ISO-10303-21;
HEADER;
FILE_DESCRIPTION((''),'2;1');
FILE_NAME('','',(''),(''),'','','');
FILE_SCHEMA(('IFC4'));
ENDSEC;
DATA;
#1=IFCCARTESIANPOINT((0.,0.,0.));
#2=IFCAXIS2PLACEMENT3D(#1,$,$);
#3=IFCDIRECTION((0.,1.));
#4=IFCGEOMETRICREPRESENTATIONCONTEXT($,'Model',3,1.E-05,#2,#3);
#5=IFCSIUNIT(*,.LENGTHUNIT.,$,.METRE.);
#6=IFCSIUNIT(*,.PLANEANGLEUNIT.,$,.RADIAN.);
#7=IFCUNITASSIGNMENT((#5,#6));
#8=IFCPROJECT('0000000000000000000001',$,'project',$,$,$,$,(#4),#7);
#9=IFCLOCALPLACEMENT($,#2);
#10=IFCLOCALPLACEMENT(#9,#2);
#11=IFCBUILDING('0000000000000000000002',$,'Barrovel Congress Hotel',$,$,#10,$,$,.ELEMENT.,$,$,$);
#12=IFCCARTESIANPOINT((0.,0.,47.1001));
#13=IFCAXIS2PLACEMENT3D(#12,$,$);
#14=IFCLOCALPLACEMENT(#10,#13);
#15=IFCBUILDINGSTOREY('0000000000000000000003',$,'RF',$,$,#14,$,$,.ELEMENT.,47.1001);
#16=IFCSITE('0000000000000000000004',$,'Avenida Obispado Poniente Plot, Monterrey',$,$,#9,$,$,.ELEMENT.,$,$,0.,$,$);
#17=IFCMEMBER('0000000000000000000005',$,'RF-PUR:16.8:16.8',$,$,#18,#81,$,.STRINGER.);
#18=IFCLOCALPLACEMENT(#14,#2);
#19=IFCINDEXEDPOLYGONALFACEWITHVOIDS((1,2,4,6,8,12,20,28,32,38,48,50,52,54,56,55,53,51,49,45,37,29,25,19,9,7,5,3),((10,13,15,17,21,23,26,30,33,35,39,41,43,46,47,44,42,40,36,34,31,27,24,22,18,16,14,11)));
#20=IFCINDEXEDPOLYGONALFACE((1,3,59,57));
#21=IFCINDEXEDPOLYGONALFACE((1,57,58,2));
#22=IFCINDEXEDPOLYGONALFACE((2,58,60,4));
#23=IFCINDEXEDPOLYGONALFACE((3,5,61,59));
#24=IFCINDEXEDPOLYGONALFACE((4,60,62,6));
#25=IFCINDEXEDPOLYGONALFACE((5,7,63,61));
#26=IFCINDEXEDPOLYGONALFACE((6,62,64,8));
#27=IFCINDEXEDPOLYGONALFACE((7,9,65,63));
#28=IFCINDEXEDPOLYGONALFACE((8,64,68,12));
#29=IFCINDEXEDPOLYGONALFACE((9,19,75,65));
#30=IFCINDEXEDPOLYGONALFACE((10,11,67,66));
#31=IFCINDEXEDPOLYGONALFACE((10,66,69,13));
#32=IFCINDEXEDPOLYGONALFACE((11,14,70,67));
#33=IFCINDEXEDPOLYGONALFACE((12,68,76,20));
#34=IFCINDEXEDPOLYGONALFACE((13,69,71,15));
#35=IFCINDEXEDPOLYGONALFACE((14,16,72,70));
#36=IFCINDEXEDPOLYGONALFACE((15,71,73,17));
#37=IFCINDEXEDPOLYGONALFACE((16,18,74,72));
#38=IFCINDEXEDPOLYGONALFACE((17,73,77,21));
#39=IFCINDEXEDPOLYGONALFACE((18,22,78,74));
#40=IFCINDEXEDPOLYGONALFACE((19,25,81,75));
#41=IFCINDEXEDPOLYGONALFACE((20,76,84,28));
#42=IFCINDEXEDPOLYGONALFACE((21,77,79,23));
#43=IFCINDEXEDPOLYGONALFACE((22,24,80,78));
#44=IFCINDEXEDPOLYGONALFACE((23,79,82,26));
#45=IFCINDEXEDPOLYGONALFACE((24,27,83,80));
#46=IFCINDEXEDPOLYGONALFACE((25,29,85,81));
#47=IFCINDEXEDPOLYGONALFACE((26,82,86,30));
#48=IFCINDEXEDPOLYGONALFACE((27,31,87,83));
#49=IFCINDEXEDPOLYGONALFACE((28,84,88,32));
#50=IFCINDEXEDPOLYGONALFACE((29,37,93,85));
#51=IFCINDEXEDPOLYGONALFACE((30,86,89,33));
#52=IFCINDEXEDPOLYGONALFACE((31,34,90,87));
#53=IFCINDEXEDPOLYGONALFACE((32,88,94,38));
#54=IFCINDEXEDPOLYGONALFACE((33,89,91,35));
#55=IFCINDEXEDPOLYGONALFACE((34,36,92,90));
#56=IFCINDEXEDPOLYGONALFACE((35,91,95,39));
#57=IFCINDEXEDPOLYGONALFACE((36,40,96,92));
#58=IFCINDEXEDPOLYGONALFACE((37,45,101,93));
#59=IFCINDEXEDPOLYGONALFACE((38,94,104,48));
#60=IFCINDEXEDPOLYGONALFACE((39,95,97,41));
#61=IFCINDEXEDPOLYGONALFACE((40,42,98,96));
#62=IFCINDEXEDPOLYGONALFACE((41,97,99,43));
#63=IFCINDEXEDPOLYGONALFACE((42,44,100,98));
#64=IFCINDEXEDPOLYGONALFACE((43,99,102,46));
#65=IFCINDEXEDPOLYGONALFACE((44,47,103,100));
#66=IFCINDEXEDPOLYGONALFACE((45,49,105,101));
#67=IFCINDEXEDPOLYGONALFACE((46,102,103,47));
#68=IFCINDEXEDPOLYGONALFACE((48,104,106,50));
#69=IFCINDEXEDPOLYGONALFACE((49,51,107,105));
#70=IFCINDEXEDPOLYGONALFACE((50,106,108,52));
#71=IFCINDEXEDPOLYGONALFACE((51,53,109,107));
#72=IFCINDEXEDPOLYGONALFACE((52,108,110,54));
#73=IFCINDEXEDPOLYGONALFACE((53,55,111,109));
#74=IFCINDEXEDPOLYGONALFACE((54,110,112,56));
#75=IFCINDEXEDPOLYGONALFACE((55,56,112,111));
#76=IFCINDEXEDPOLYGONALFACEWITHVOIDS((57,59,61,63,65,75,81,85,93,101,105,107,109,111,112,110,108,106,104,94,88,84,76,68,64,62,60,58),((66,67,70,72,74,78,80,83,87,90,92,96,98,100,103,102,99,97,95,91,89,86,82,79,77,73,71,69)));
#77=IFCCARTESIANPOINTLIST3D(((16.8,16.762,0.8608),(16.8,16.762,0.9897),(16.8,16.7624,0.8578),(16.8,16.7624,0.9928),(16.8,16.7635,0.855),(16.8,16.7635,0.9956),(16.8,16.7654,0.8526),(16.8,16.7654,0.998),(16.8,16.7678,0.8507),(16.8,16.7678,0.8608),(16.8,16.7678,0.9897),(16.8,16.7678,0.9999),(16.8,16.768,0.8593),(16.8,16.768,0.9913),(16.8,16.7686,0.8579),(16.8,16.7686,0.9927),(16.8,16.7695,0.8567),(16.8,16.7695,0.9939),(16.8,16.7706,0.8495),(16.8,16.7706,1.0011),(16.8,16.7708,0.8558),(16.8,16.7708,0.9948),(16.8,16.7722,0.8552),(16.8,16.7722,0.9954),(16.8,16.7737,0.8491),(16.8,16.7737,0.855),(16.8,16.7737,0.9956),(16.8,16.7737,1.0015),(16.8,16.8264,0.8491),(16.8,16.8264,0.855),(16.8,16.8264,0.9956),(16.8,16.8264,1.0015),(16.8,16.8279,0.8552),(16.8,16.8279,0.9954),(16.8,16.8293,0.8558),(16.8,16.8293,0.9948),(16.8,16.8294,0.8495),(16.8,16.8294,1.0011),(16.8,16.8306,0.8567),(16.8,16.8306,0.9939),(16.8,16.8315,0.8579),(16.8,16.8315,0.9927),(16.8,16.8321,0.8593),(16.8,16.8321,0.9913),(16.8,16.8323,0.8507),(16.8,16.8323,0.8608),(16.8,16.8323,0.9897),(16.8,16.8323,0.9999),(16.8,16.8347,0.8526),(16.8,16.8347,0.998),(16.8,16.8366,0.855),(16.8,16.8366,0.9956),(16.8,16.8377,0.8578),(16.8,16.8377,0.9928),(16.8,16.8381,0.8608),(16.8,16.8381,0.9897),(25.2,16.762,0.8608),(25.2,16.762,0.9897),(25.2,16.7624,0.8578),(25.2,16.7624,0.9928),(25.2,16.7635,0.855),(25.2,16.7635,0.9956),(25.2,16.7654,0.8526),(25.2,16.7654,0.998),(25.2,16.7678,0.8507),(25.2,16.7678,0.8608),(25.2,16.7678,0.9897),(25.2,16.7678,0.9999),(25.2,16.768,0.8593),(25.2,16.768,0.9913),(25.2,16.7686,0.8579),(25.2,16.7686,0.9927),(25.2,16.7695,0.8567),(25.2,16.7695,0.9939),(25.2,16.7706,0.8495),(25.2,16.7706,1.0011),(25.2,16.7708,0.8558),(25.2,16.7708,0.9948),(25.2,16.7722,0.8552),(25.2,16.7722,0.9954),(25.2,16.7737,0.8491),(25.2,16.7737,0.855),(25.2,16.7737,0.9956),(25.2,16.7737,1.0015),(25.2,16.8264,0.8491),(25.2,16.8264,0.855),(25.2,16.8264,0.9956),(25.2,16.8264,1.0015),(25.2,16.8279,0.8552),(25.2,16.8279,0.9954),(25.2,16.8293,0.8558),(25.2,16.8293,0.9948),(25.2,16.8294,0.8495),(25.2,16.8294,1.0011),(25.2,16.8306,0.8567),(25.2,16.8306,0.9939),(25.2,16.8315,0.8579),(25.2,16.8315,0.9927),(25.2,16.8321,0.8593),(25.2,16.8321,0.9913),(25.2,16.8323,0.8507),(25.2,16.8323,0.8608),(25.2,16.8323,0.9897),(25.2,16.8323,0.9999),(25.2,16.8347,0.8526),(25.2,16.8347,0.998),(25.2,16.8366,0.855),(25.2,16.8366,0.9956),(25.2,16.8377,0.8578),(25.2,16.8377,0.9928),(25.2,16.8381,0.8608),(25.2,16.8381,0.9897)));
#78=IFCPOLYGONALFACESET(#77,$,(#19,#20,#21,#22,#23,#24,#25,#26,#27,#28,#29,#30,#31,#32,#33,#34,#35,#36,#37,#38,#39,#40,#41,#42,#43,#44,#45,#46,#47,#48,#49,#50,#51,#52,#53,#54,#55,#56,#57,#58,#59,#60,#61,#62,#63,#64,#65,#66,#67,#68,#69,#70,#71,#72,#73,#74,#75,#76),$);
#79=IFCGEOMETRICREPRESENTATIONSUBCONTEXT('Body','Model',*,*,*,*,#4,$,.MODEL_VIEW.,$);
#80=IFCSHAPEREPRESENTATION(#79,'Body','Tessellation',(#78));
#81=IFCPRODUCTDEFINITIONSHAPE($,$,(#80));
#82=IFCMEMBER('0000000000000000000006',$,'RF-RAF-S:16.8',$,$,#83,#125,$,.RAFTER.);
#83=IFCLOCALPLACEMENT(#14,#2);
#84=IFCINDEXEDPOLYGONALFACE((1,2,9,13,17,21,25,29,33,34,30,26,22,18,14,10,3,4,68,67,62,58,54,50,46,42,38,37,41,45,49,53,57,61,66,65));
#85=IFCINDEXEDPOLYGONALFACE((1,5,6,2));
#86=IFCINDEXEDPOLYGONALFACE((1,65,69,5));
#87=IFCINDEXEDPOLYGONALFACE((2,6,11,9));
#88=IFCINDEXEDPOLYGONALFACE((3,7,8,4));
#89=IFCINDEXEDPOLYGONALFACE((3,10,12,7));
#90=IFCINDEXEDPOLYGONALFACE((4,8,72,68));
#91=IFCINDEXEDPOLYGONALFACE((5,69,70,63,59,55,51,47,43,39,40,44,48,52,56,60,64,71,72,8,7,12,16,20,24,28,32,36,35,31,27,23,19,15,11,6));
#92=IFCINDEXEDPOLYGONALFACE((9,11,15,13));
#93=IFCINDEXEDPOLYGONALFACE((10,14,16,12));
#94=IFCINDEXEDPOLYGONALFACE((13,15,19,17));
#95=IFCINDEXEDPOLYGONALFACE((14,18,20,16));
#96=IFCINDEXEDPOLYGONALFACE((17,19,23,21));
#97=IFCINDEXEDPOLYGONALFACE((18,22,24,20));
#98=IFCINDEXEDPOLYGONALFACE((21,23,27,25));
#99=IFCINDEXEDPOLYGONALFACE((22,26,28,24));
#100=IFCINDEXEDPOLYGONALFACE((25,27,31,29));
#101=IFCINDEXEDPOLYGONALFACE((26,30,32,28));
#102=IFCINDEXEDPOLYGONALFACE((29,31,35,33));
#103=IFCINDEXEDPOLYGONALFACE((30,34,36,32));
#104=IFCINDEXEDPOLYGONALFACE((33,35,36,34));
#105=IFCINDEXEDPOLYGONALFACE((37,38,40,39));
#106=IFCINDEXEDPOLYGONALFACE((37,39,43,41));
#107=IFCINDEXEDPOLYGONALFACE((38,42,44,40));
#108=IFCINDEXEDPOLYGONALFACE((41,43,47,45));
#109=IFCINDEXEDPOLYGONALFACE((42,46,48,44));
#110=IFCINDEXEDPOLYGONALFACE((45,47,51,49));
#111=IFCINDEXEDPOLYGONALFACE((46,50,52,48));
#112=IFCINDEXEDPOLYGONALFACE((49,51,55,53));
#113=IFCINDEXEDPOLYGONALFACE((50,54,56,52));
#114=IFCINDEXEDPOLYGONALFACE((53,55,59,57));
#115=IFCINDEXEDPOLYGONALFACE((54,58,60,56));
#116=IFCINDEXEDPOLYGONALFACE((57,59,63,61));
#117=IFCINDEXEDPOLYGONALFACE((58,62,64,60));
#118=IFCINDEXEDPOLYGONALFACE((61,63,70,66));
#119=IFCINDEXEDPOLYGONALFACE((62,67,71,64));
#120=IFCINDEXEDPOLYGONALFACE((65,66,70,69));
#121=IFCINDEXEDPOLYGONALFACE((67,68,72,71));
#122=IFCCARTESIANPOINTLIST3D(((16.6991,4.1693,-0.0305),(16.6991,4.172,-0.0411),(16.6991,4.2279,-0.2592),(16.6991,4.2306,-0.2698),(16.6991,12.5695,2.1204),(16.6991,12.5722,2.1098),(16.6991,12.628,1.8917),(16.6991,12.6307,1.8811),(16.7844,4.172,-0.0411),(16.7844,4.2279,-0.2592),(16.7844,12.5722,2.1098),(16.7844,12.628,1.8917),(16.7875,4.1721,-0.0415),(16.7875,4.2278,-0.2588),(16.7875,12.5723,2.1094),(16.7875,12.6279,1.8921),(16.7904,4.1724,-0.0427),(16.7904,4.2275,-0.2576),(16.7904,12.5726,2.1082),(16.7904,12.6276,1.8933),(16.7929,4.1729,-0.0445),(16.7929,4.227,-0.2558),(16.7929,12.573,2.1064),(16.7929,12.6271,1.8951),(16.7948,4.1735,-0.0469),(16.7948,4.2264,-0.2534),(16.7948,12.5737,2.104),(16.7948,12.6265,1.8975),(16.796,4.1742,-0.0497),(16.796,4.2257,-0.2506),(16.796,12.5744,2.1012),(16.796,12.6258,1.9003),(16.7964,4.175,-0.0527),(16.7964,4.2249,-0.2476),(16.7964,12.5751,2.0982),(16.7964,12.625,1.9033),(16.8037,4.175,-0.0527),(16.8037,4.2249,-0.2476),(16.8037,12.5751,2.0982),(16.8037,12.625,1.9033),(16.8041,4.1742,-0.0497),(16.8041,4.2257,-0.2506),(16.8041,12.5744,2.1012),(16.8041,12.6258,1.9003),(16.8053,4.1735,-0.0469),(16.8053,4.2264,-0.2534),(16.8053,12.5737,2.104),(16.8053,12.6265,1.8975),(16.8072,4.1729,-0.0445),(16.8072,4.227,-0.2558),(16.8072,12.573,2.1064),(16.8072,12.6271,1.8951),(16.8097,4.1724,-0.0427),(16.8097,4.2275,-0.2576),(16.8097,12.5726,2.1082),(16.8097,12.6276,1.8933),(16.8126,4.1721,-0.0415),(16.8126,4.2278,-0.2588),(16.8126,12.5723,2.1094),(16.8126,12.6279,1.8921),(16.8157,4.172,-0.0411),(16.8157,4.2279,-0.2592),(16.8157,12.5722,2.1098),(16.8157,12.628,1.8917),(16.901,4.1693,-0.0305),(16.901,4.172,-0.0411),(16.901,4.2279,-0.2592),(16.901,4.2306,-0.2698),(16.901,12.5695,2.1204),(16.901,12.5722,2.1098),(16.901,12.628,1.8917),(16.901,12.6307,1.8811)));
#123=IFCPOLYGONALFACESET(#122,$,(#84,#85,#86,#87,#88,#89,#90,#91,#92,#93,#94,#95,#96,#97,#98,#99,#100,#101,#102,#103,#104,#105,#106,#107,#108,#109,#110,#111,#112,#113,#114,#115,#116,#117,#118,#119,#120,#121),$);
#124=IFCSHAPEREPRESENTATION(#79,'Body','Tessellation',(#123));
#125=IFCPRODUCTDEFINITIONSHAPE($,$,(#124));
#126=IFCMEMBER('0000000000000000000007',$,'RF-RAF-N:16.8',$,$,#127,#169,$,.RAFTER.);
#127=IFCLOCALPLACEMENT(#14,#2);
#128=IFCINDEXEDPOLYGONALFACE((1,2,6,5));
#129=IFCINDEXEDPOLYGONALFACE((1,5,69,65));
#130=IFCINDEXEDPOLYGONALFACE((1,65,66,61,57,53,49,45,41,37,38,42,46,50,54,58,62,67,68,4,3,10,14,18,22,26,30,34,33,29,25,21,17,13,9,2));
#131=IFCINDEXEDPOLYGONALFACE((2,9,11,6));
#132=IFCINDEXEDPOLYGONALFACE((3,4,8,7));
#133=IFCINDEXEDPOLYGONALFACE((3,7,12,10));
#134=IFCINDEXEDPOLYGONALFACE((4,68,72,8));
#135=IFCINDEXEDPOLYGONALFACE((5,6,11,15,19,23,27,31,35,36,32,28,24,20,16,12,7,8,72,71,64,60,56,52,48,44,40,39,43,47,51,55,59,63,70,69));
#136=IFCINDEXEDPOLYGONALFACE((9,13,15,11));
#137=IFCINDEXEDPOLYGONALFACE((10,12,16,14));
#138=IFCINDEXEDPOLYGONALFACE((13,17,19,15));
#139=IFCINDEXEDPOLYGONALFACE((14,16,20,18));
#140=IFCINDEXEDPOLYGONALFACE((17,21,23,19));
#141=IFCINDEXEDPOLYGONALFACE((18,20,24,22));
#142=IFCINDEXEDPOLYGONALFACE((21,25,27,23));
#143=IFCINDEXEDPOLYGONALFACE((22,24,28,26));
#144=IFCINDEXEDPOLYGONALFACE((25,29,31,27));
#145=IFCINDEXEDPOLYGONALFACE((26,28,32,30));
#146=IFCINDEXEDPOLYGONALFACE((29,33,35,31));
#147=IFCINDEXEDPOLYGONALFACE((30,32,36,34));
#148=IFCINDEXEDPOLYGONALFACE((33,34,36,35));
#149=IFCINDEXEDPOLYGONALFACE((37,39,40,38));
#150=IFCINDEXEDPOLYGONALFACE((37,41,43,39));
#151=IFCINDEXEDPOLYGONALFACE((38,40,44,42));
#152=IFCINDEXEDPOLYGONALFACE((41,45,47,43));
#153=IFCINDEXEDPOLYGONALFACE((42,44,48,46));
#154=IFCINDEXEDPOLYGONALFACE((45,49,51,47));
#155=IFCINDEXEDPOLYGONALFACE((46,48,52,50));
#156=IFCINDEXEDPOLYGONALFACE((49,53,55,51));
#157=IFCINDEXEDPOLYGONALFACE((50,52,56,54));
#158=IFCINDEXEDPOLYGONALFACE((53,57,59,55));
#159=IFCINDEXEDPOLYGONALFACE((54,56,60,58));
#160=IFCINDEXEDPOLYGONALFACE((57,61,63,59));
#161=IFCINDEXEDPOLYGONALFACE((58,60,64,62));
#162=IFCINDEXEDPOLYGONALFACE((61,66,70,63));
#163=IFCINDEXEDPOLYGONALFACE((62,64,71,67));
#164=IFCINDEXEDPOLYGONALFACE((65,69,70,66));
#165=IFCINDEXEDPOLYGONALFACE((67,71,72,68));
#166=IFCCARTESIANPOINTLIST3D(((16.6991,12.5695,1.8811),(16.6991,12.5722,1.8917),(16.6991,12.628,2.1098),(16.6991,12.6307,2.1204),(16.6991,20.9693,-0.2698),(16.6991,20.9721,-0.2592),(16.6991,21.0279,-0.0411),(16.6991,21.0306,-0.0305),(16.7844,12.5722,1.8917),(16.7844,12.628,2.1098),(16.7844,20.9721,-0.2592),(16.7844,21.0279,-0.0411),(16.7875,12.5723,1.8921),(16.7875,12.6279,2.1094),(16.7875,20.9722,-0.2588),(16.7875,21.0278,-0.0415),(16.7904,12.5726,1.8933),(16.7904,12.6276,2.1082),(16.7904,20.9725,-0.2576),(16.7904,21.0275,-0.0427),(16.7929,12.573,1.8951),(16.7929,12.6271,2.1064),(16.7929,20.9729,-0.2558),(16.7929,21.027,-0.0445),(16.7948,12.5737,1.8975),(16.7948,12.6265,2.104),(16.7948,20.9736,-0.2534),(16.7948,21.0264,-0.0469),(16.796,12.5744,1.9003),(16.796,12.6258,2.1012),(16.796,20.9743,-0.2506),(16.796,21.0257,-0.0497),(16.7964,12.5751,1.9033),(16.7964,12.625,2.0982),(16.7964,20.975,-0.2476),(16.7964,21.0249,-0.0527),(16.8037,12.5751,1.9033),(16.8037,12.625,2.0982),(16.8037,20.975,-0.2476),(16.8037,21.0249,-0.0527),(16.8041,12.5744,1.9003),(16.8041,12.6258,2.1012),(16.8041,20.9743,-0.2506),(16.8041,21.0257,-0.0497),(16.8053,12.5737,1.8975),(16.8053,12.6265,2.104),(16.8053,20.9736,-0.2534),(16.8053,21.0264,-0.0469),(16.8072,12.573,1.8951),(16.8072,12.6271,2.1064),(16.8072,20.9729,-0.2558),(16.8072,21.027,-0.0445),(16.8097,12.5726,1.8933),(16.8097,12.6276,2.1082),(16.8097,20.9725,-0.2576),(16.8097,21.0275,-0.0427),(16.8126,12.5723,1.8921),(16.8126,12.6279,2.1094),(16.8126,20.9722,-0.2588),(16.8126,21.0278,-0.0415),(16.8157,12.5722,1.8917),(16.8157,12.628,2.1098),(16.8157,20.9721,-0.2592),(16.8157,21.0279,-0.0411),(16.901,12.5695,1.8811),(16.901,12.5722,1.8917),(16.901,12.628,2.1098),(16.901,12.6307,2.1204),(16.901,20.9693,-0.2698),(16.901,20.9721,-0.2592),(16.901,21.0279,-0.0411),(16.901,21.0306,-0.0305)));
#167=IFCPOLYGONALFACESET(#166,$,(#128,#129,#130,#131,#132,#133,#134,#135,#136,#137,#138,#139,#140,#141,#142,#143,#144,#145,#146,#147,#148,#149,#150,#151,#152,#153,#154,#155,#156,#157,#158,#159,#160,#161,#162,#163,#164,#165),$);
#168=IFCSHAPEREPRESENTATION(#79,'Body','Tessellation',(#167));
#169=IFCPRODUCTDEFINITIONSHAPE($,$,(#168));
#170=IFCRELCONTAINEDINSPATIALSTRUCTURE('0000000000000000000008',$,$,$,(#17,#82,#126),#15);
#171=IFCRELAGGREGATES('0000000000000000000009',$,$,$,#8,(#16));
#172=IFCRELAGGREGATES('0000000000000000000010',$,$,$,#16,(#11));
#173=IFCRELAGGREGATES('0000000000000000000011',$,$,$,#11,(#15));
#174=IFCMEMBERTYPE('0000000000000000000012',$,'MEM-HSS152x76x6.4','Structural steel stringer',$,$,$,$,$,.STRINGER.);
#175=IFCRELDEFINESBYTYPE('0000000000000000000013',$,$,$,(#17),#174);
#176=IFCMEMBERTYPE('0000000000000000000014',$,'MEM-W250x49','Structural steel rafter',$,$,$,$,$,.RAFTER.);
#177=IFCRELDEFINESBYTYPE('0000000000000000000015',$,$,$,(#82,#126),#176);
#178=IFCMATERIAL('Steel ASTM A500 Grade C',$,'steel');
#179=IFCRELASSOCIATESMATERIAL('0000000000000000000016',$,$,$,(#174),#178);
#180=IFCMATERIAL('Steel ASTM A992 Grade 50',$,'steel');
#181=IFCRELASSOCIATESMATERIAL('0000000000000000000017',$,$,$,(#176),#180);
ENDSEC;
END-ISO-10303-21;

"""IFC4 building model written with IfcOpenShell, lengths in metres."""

from ifc_helpers import new_model, si_unit, direction, frame, origin, origin_2d, place, context, subcontext, project, spatial, hollow_rectangle, i_section, extrude, material, material_profile, profile_set, type_object, element, save


model = new_model("IFC4")

# Units and contexts
model_context = context("Model", 3, precision=1e-05, world=origin(), true_north=direction((0.0, 1.0)))
body_context = subcontext(model_context, "Body", "Model", "MODEL_VIEW")
ifc_project = project(units=[si_unit("LENGTHUNIT", "METRE"), si_unit("PLANEANGLEUNIT", "RADIAN")], contexts=[model_context])

# Site, building, storey
site_placement = place(None, origin())
site = spatial("IfcSite", under=ifc_project, at=site_placement, Name="Avenida Obispado Poniente Plot, Monterrey", CompositionType="ELEMENT", RefElevation=0.0)
building_placement = place(site_placement, origin())
building = spatial("IfcBuilding", under=site, at=building_placement, Name="Barrovel Congress Hotel", CompositionType="ELEMENT")
storey_placement = place(building_placement, frame((0.0, 0.0, 47.1001)))
storey = spatial("IfcBuildingStorey", under=building, at=storey_placement, Name="RF", CompositionType="ELEMENT", Elevation=47.1001)

# Members
ifc_material_1 = material(Name="Steel ASTM A500 Grade C", Category="steel")
ifc_material_profile_1 = material_profile(ifc_material_1, hollow_rectangle(XDim=0.0762, YDim=0.1523, WallThickness=0.0059, InnerFilletRadius=0.0059, OuterFilletRadius=0.0117, at=origin_2d()), Name="HSS152x76x6.4")
ifc_profile_set_1 = profile_set([ifc_material_profile_1], Name="Steel ASTM A500 Grade C")
member_type_1 = type_object("IfcMemberType", Name="MEM-HSS152x76x6.4", Description="Structural steel stringer", PredefinedType="STRINGER", material=ifc_profile_set_1)
for number, where, z_axis, x_axis, name in (
    (1, (16.8, 16.8, 0.9253), (1.0, 0.0, 0.0), (0.0, 1.0, 0.0), "RF-PUR:16.8:16.8"),
):
    element("IfcMember", number, at=place(storey_placement, frame(where, z_axis=z_axis, x_axis=x_axis)), inside=storey, type_object=member_type_1, Name=name, PredefinedType="STRINGER", context=body_context, shape_type="SweptSolid", body=[
        extrude(hollow_rectangle(XDim=0.0762, YDim=0.1523, WallThickness=0.0059, InnerFilletRadius=0.0059, OuterFilletRadius=0.0117, at=origin_2d()), origin(), (0.0, 0.0, 1.0), 8.3999),
    ])
ifc_material_2 = material(Name="Steel ASTM A992 Grade 50", Category="steel")
ifc_material_profile_2 = material_profile(ifc_material_2, i_section(OverallWidth=0.2019, OverallDepth=0.2471, WebThickness=0.0073, FlangeThickness=0.011, FilletRadius=0.012, at=origin_2d()), Name="W250x49")
ifc_profile_set_2 = profile_set([ifc_material_profile_2], Name="Steel ASTM A992 Grade 50")
member_type_2 = type_object("IfcMemberType", Name="MEM-W250x49", Description="Structural steel rafter", PredefinedType="RAFTER", material=ifc_profile_set_2)
member_1_placement = place(storey_placement, frame((16.8, 4.2, -0.1501), z_axis=(0.0, 0.968747, 0.24805), x_axis=(-1.0, 0.0, 0.0)))
element("IfcMember", 2, at=member_1_placement, inside=storey, type_object=member_type_2, Name="RF-RAF-S:16.8", PredefinedType="RAFTER", context=body_context, shape_type="SweptSolid", body=[
    extrude(i_section(OverallWidth=0.2019, OverallDepth=0.2471, WebThickness=0.0073, FlangeThickness=0.011, FilletRadius=0.012, at=origin_2d()), origin(), (0.0, 0.0, 1.0), 8.6711),
])
member_2_placement = place(storey_placement, frame((16.8, 12.6001, 2.0007), z_axis=(0.0, 0.968745, -0.248057), x_axis=(-1.0, 0.0, 0.0)))
element("IfcMember", 3, at=member_2_placement, inside=storey, type_object=member_type_2, Name="RF-RAF-N:16.8", PredefinedType="RAFTER", context=body_context, shape_type="SweptSolid", body=[
    extrude(i_section(OverallWidth=0.2019, OverallDepth=0.2471, WebThickness=0.0073, FlangeThickness=0.011, FilletRadius=0.012, at=origin_2d()), origin(), (0.0, 0.0, 1.0), 8.6709),
])

save(model, "model.ifc")
